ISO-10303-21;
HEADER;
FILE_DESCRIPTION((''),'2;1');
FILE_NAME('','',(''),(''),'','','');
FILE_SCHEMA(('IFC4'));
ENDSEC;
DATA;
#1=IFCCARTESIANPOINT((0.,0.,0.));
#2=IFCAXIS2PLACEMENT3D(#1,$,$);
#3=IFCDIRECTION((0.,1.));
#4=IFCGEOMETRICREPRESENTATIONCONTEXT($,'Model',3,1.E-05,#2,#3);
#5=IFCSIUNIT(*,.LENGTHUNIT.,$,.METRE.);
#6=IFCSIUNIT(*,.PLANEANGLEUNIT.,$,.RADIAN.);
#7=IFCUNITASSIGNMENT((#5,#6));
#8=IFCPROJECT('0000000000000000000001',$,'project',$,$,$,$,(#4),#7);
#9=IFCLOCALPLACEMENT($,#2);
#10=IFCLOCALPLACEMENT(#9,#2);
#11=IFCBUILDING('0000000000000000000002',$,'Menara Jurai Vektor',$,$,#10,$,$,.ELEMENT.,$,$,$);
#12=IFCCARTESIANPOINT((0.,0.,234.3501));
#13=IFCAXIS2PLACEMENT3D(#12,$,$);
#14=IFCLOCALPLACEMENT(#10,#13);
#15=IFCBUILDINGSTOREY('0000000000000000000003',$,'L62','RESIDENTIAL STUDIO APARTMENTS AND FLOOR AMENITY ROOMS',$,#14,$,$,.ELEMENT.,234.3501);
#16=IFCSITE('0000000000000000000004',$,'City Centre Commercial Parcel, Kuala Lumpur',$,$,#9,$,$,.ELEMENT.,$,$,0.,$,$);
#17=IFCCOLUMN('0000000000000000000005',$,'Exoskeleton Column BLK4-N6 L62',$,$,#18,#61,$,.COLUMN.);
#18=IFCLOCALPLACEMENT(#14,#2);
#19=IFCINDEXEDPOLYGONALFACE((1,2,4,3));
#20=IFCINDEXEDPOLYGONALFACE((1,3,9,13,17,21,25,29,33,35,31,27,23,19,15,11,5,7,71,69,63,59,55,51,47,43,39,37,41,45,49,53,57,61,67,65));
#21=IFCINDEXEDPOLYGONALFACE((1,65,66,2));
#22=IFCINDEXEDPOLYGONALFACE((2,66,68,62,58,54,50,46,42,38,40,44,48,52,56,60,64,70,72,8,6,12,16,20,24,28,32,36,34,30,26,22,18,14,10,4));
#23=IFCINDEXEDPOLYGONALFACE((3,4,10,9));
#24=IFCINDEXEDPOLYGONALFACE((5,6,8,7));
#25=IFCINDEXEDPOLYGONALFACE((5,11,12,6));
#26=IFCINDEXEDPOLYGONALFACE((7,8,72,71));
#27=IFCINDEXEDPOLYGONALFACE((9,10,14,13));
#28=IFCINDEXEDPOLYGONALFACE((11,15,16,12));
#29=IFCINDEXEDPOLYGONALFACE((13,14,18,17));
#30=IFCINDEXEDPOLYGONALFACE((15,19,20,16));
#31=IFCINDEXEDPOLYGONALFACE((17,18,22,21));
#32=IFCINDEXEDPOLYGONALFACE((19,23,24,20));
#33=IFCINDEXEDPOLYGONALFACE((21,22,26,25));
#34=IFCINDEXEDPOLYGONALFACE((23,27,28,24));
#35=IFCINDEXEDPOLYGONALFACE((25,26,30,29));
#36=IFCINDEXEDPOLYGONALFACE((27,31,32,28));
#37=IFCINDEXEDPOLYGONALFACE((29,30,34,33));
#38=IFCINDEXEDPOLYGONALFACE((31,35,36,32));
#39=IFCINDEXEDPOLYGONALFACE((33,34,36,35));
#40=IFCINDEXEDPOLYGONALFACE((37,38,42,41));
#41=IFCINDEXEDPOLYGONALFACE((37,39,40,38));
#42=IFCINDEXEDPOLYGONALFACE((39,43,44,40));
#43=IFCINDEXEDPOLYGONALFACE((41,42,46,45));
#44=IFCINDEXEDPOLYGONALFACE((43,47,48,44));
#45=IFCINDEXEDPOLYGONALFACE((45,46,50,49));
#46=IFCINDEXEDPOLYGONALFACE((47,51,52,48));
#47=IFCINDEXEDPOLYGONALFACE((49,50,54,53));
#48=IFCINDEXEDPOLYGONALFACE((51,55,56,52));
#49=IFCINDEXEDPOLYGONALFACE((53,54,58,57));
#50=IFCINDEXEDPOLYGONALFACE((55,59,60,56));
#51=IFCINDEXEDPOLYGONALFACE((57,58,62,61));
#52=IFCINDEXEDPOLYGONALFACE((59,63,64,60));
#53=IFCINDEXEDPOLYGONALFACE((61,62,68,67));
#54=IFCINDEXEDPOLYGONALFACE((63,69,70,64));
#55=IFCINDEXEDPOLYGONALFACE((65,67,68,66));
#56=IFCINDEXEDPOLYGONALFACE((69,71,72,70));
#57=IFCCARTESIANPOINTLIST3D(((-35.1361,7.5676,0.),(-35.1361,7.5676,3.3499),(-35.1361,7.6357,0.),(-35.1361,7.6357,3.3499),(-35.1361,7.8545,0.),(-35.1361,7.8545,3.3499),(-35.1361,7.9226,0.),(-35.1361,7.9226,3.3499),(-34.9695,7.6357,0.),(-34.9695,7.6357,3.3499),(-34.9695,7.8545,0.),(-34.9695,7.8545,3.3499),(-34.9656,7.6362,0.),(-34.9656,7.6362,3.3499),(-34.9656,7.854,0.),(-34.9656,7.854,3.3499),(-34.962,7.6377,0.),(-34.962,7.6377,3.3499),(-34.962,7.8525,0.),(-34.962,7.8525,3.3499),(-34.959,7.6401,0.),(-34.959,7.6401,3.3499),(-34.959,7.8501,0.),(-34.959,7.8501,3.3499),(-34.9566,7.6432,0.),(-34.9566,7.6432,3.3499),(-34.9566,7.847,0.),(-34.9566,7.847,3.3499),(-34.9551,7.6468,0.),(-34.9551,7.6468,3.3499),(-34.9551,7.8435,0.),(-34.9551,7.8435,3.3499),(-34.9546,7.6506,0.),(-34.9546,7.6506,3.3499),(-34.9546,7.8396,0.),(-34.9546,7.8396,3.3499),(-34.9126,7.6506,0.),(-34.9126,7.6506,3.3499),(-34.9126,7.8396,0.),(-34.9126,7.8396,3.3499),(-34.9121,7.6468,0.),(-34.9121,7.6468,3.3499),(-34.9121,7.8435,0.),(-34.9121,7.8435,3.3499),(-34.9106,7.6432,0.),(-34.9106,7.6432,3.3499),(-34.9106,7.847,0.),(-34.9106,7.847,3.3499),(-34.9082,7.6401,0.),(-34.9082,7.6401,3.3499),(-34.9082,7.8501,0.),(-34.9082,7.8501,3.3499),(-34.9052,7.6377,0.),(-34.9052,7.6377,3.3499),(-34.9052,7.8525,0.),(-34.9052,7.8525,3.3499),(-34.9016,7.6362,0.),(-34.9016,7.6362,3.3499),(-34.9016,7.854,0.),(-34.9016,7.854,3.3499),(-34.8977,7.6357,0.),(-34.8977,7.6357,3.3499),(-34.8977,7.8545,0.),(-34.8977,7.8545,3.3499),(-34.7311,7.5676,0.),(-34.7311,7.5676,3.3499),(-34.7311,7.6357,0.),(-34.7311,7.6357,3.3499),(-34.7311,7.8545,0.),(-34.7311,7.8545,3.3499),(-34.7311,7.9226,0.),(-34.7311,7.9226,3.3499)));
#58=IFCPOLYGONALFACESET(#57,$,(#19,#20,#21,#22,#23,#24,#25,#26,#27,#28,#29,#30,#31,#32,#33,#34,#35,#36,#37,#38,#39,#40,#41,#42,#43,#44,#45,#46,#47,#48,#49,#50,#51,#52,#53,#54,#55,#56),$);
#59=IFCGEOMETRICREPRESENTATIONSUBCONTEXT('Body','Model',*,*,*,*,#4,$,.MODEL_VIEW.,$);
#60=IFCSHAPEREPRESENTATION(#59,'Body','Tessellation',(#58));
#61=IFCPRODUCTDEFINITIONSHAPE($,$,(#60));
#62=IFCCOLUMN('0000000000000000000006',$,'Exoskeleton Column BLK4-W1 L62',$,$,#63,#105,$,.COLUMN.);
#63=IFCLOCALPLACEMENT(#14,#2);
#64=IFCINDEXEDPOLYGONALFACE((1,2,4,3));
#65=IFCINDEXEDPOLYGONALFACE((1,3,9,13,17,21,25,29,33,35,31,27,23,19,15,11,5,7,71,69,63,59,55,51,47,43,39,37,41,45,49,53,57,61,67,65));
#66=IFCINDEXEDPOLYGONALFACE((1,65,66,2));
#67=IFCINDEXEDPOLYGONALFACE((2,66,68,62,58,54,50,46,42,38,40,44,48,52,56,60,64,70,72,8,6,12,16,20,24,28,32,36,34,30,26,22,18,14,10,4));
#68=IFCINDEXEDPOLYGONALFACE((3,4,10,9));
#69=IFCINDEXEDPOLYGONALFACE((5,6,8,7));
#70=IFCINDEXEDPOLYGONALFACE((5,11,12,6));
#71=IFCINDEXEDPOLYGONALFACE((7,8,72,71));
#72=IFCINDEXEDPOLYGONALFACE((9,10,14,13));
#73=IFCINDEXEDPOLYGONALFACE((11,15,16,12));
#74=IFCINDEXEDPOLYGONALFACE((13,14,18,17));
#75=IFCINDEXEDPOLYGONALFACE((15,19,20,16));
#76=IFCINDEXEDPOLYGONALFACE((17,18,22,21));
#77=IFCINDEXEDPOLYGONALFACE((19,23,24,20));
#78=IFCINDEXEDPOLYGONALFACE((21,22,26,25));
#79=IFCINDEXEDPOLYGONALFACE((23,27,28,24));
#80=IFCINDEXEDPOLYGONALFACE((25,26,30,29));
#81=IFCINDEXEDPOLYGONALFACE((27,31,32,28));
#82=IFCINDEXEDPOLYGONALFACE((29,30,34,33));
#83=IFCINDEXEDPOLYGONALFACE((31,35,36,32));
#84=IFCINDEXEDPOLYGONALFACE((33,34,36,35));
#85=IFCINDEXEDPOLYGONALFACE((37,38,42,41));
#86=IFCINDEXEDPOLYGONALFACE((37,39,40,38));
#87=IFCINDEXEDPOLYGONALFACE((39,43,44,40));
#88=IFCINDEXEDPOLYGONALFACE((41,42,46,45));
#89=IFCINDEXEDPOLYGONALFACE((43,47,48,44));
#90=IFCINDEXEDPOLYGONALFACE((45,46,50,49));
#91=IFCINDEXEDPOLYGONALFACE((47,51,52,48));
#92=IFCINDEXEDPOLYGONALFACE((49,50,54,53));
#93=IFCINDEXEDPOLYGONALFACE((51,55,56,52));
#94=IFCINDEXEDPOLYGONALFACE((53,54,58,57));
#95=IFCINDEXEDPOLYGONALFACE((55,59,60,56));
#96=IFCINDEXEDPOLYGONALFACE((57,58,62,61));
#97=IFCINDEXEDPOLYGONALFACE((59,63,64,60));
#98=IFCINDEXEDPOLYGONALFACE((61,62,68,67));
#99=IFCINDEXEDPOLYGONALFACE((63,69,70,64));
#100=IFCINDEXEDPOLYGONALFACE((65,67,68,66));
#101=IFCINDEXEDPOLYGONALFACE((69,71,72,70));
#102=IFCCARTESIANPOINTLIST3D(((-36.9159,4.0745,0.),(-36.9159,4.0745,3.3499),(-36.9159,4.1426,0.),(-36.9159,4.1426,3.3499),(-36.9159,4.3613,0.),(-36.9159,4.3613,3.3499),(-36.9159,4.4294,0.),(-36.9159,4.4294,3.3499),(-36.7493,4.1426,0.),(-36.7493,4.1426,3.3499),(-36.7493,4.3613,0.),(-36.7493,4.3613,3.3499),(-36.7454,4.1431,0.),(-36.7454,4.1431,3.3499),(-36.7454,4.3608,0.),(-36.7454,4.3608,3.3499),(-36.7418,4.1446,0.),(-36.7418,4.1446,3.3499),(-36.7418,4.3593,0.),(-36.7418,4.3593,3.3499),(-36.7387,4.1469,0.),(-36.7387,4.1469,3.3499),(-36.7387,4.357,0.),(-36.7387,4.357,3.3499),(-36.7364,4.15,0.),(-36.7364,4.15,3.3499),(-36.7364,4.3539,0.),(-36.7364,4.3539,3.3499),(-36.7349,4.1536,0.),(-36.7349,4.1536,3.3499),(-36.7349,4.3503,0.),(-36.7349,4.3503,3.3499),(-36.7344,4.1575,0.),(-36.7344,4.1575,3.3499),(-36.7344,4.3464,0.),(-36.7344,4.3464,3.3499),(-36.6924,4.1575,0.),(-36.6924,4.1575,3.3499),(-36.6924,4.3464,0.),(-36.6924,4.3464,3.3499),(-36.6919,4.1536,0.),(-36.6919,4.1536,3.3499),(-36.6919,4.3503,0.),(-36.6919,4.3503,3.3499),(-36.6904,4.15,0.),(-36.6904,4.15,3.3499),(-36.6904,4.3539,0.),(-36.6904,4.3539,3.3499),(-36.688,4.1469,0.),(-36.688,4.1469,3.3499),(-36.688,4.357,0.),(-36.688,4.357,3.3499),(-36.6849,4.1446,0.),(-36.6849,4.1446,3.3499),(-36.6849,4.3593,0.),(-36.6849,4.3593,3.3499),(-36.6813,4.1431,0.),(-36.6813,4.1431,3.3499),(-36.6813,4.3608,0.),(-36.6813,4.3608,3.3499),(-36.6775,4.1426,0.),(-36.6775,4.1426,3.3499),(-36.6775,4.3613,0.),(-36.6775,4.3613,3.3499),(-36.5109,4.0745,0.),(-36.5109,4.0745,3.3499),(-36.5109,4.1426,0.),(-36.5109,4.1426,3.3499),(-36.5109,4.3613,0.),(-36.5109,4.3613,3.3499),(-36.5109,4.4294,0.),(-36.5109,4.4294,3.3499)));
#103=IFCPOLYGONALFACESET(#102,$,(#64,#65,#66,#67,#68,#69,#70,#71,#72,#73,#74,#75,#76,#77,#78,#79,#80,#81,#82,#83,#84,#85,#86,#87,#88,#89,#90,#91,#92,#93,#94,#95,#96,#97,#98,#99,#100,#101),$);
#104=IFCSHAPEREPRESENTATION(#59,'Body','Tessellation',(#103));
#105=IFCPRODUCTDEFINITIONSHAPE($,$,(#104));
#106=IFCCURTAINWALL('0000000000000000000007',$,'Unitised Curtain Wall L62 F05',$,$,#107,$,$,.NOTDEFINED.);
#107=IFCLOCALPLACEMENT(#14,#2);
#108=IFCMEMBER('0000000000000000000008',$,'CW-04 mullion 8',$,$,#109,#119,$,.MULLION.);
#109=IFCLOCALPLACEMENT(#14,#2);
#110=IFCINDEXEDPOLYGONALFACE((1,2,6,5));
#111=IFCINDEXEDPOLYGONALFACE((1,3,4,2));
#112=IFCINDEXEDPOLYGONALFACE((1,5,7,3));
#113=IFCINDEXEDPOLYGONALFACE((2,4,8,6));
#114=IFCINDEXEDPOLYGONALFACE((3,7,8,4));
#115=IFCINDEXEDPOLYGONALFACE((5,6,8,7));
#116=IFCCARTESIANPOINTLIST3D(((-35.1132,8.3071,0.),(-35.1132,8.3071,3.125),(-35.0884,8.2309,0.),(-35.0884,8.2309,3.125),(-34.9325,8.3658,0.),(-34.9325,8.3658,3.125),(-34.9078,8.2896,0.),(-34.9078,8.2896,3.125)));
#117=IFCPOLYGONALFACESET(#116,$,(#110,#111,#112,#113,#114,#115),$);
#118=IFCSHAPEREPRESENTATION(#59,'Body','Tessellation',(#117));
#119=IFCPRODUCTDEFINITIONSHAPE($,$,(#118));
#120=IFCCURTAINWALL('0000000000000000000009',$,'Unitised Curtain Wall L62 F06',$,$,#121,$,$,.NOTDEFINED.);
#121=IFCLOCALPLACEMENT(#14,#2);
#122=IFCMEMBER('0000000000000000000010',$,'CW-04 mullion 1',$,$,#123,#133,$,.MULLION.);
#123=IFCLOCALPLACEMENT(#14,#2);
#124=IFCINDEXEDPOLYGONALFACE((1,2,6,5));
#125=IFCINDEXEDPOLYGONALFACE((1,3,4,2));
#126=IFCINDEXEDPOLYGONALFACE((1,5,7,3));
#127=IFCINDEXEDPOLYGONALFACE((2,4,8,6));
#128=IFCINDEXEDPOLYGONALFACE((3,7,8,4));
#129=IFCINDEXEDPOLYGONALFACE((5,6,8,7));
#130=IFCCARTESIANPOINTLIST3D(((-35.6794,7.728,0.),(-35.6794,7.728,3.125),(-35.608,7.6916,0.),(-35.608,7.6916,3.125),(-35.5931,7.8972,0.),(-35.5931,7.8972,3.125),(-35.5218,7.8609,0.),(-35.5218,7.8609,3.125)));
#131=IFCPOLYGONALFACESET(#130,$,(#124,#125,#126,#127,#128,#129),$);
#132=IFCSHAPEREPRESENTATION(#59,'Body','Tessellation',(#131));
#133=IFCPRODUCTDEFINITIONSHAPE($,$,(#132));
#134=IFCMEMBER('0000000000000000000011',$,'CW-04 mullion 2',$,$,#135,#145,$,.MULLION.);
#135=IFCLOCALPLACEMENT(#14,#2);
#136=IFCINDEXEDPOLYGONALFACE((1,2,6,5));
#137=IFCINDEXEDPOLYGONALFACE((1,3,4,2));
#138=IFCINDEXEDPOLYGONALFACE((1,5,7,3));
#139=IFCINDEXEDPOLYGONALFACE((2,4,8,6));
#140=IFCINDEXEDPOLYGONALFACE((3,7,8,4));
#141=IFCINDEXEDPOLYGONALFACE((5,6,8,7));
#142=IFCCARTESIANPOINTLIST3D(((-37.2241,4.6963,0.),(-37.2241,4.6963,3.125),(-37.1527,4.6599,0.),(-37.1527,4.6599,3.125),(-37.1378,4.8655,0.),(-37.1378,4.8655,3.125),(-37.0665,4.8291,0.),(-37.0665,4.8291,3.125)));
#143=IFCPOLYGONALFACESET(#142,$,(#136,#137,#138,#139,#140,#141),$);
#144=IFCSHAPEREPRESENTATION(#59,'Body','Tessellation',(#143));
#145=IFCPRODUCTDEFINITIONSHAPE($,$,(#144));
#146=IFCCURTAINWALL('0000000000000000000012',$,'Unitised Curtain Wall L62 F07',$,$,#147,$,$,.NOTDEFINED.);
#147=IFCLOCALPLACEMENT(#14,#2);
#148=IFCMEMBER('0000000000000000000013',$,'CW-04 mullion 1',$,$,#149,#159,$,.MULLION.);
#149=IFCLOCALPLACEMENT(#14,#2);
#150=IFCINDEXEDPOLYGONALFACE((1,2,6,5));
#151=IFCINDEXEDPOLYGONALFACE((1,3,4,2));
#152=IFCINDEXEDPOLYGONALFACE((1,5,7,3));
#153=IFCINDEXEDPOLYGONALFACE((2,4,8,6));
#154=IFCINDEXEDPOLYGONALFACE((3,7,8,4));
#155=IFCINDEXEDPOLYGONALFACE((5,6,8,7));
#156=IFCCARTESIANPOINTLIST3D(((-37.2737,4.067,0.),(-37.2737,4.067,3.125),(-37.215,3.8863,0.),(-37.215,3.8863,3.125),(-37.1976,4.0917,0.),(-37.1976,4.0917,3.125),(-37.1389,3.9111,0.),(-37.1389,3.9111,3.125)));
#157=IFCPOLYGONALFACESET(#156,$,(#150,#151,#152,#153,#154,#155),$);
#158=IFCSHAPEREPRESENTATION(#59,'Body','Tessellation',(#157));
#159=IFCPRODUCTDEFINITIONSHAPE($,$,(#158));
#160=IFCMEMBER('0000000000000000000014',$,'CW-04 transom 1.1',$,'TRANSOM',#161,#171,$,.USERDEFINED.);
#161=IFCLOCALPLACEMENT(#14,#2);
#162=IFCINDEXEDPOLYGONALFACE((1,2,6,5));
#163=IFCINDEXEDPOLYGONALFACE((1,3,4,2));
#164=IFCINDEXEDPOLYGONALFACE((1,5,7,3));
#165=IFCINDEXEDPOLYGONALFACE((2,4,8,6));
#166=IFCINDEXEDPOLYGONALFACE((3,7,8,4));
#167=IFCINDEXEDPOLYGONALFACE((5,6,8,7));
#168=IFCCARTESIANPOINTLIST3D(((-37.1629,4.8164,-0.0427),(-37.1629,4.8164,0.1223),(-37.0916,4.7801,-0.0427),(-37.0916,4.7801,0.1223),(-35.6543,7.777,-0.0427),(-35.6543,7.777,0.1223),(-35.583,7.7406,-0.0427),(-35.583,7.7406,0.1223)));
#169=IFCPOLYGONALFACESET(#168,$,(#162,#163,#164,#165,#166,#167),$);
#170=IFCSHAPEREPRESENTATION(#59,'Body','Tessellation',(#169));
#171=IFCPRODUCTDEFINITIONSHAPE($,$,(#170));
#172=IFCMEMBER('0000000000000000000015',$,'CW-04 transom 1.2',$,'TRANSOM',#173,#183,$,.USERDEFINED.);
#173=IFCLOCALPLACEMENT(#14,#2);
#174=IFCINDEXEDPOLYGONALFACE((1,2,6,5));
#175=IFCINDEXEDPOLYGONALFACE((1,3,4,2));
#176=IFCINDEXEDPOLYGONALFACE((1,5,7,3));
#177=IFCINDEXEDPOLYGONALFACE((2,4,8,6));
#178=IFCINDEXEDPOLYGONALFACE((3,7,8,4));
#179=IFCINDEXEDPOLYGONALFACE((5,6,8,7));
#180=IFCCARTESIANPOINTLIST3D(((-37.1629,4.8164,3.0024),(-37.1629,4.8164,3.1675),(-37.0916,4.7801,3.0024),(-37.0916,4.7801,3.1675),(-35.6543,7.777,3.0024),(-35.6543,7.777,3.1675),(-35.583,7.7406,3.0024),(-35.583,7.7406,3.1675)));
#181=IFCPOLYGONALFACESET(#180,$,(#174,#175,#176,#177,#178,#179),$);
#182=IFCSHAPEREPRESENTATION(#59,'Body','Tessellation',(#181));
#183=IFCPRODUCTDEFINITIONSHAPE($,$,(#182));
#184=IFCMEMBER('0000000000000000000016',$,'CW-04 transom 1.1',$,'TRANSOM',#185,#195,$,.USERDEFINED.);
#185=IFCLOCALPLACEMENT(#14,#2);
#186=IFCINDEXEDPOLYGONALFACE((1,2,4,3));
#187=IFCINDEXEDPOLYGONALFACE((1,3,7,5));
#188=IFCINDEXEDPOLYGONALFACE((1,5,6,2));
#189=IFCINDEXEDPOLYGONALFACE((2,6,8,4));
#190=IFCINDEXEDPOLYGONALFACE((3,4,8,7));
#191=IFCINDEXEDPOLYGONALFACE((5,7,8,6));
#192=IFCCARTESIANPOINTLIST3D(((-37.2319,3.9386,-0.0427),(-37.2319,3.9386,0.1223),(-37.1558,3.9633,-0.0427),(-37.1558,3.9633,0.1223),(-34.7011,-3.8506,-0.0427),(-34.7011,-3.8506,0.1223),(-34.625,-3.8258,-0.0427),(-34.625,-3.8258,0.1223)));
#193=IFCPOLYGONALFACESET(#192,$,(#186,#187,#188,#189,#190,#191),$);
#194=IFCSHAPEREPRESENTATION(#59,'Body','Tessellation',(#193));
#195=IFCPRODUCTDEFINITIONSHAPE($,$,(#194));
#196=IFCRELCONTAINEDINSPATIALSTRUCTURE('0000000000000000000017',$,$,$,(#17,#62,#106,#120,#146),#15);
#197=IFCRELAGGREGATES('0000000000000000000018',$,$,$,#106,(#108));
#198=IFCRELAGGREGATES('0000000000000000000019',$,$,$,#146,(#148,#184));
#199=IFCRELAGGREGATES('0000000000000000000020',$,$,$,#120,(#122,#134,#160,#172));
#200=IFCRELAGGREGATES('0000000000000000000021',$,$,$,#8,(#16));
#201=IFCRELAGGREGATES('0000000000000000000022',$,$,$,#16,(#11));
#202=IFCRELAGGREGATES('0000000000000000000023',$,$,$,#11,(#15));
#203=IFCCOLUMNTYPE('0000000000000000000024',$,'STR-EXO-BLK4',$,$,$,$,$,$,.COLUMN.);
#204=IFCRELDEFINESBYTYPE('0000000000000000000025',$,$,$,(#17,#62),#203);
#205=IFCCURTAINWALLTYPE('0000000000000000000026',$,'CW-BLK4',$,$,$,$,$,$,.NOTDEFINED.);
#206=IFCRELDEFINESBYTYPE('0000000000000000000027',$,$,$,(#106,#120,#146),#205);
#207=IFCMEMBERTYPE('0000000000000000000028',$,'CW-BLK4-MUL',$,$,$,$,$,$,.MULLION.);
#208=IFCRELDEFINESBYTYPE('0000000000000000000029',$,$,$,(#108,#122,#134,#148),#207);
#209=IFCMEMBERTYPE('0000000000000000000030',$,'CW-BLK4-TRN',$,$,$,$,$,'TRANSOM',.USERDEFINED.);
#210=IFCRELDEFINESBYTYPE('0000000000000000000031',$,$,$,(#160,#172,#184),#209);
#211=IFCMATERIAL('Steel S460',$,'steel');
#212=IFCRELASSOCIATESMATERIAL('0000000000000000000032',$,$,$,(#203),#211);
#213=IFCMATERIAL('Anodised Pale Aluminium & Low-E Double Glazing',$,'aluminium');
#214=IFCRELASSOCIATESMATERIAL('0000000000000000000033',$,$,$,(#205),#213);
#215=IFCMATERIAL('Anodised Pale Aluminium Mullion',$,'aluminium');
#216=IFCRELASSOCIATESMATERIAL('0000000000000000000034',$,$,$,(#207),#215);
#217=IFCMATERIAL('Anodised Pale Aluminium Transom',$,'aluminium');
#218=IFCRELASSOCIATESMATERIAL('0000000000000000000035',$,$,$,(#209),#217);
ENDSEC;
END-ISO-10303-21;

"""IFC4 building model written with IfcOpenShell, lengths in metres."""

from ifc_helpers import new_model, si_unit, direction, frame, origin, origin_2d, place, context, subcontext, project, spatial, rectangle, i_section, extrude, material, material_profile, profile_set, type_object, element, aggregate, save


model = new_model("IFC4")

# Units and contexts
model_context = context("Model", 3, precision=1e-05, world=origin(), true_north=direction((0.0, 1.0)))
body_context = subcontext(model_context, "Body", "Model", "MODEL_VIEW")
ifc_project = project(units=[si_unit("LENGTHUNIT", "METRE"), si_unit("PLANEANGLEUNIT", "RADIAN")], contexts=[model_context])

# Site, building, storey
site_placement = place(None, origin())
site = spatial("IfcSite", under=ifc_project, at=site_placement, Name="City Centre Commercial Parcel, Kuala Lumpur", CompositionType="ELEMENT", RefElevation=0.0)
building_placement = place(site_placement, origin())
building = spatial("IfcBuilding", under=site, at=building_placement, Name="Menara Jurai Vektor", CompositionType="ELEMENT")
storey_placement = place(building_placement, frame((0.0, 0.0, 234.3501)))
storey = spatial("IfcBuildingStorey", under=building, at=storey_placement, Name="L62", Description="RESIDENTIAL STUDIO APARTMENTS AND FLOOR AMENITY ROOMS", CompositionType="ELEMENT", Elevation=234.3501)

# Columns
ifc_material_1 = material(Name="Steel S460", Category="steel")
ifc_material_profile_1 = material_profile(ifc_material_1, i_section(OverallWidth=0.405, OverallDepth=0.355, WebThickness=0.042, FlangeThickness=0.0681, FilletRadius=0.0149, at=origin_2d()), Name="HD 400x551")
ifc_profile_set_1 = profile_set([ifc_material_profile_1], Name="Steel S460")
column_type = type_object("IfcColumnType", Name="STR-EXO-BLK4", PredefinedType="COLUMN", material=ifc_profile_set_1)
for number, where, z_axis, x_axis, name in (
    (1, (-34.9336, 7.7451, 0.0), (0.0, 0.0, 1.0), (1.0, 0.0, 0.0), "Exoskeleton Column BLK4-N6 L62"),
    (2, (-36.7134, 4.252, 0.0), (0.0, 0.0, 1.0), (1.0, 0.0, 0.0), "Exoskeleton Column BLK4-W1 L62"),
):
    element("IfcColumn", number, at=place(storey_placement, frame(where, z_axis=z_axis, x_axis=x_axis)), inside=storey, type_object=column_type, Name=name, PredefinedType="COLUMN", context=body_context, shape_type="SweptSolid", body=[
        extrude(i_section(OverallWidth=0.405, OverallDepth=0.355, WebThickness=0.042, FlangeThickness=0.0681, FilletRadius=0.0149, at=origin_2d()), origin(), (0.0, 0.0, 1.0), 3.3499),
    ])

# Curtain wall, member
ifc_material_2 = material(Name="Anodised Pale Aluminium & Low-E Double Glazing", Category="aluminium")
curtain_wall_type = type_object("IfcCurtainWallType", Name="CW-BLK4", PredefinedType="NOTDEFINED", material=ifc_material_2)
curtain_wall_1_placement = place(storey_placement, origin())
curtain_wall_1 = element("IfcCurtainWall", 3, at=curtain_wall_1_placement, inside=storey, type_object=curtain_wall_type, Name="Unitised Curtain Wall L62 F05", PredefinedType="NOTDEFINED")
ifc_material_3 = material(Name="Anodised Pale Aluminium Mullion", Category="aluminium")
ifc_material_profile_2 = material_profile(ifc_material_3, rectangle(XDim=0.0801, YDim=0.1899, at=origin_2d()), Name="ALU MUL 80x190")
ifc_profile_set_2 = profile_set([ifc_material_profile_2], Name="Anodised Pale Aluminium Mullion")
member_type_1 = type_object("IfcMemberType", Name="CW-BLK4-MUL", PredefinedType="MULLION", material=ifc_profile_set_2)
member_1_placement = place(storey_placement, frame((-35.0105, 8.2983, 0.0), z_axis=(0.0, 0.0, 1.0), x_axis=(0.309017, -0.951056, 0.0)))
member_1 = element("IfcMember", 4, at=member_1_placement, type_object=member_type_1, Name="CW-04 mullion 8", PredefinedType="MULLION", context=body_context, shape_type="SweptSolid", body=[
    extrude(rectangle(XDim=0.0801, YDim=0.1899, at=origin_2d()), origin(), (0.0, 0.0, 1.0), 3.125),
])

# Curtain wall, members
curtain_wall_2_placement = place(storey_placement, origin())
curtain_wall_2 = element("IfcCurtainWall", 5, at=curtain_wall_2_placement, inside=storey, type_object=curtain_wall_type, Name="Unitised Curtain Wall L62 F06", PredefinedType="NOTDEFINED")
member_2_placement = place(storey_placement, frame((-35.6006, 7.7944, 0.0), z_axis=(0.0, 0.0, 1.0), x_axis=(0.891008, -0.453989, 0.0)))
member_2 = element("IfcMember", 6, at=member_2_placement, type_object=member_type_1, Name="CW-04 mullion 1", PredefinedType="MULLION", context=body_context, shape_type="SweptSolid", body=[
    extrude(rectangle(XDim=0.0801, YDim=0.1899, at=origin_2d()), origin(), (0.0, 0.0, 1.0), 3.125),
])
member_3_placement = place(storey_placement, frame((-37.1453, 4.7627, 0.0), z_axis=(0.0, 0.0, 1.0), x_axis=(0.891008, -0.453989, 0.0)))
member_3 = element("IfcMember", 7, at=member_3_placement, type_object=member_type_1, Name="CW-04 mullion 2", PredefinedType="MULLION", context=body_context, shape_type="SweptSolid", body=[
    extrude(rectangle(XDim=0.0801, YDim=0.1899, at=origin_2d()), origin(), (0.0, 0.0, 1.0), 3.125),
])

# Curtain wall, member
curtain_wall_3_placement = place(storey_placement, origin())
curtain_wall_3 = element("IfcCurtainWall", 8, at=curtain_wall_3_placement, inside=storey, type_object=curtain_wall_type, Name="Unitised Curtain Wall L62 F07", PredefinedType="NOTDEFINED")
member_4_placement = place(storey_placement, frame((-37.2063, 3.989, 0.0), z_axis=(0.0, 0.0, 1.0), x_axis=(0.951057, 0.309016, 0.0)))
member_4 = element("IfcMember", 9, at=member_4_placement, type_object=member_type_1, Name="CW-04 mullion 1", PredefinedType="MULLION", context=body_context, shape_type="SweptSolid", body=[
    extrude(rectangle(XDim=0.0801, YDim=0.1899, at=origin_2d()), origin(), (0.0, 0.0, 1.0), 3.125),
])

# Members
ifc_material_4 = material(Name="Anodised Pale Aluminium Transom", Category="aluminium")
ifc_material_profile_3 = material_profile(ifc_material_4, rectangle(XDim=0.0801, YDim=0.165, at=origin_2d()), Name="ALU TRN 80x165")
ifc_profile_set_3 = profile_set([ifc_material_profile_3], Name="Anodised Pale Aluminium Transom")
member_type_2 = type_object("IfcMemberType", Name="CW-BLK4-TRN", ElementType="TRANSOM", PredefinedType="USERDEFINED", material=ifc_profile_set_3)
member_5_placement = place(storey_placement, frame((-35.6187, 7.7588, 0.0398), z_axis=(-0.454019, -0.890992, 0.0), x_axis=(0.890992, -0.454019, 0.0)))
member_5 = element("IfcMember", 10, at=member_5_placement, type_object=member_type_2, Name="CW-04 transom 1.1", ObjectType="TRANSOM", PredefinedType="USERDEFINED", context=body_context, shape_type="SweptSolid", body=[
    extrude(rectangle(XDim=0.0801, YDim=0.165, at=origin_2d()), origin(), (0.0, 0.0, 1.0), 3.3228),
])
member_6_placement = place(storey_placement, frame((-35.6187, 7.7588, 3.085), z_axis=(-0.454019, -0.890992, 0.0), x_axis=(0.890992, -0.454019, 0.0)))
member_6 = element("IfcMember", 11, at=member_6_placement, type_object=member_type_2, Name="CW-04 transom 1.2", ObjectType="TRANSOM", PredefinedType="USERDEFINED", context=body_context, shape_type="SweptSolid", body=[
    extrude(rectangle(XDim=0.0801, YDim=0.165, at=origin_2d()), origin(), (0.0, 0.0, 1.0), 3.3228),
])
member_7_placement = place(storey_placement, frame((-37.1938, 3.9509, 0.0398), z_axis=(0.309011, -0.951059, 0.0), x_axis=(0.951059, 0.309011, 0.0)))
member_7 = element("IfcMember", 12, at=member_7_placement, type_object=member_type_2, Name="CW-04 transom 1.1", ObjectType="TRANSOM", PredefinedType="USERDEFINED", context=body_context, shape_type="SweptSolid", body=[
    extrude(rectangle(XDim=0.0801, YDim=0.165, at=origin_2d()), origin(), (0.0, 0.0, 1.0), 8.1899),
])

aggregate(curtain_wall_1, [member_1])
aggregate(curtain_wall_3, [member_4, member_7])
aggregate(curtain_wall_2, [member_2, member_3, member_5, member_6])

save(model, "model.ifc")
